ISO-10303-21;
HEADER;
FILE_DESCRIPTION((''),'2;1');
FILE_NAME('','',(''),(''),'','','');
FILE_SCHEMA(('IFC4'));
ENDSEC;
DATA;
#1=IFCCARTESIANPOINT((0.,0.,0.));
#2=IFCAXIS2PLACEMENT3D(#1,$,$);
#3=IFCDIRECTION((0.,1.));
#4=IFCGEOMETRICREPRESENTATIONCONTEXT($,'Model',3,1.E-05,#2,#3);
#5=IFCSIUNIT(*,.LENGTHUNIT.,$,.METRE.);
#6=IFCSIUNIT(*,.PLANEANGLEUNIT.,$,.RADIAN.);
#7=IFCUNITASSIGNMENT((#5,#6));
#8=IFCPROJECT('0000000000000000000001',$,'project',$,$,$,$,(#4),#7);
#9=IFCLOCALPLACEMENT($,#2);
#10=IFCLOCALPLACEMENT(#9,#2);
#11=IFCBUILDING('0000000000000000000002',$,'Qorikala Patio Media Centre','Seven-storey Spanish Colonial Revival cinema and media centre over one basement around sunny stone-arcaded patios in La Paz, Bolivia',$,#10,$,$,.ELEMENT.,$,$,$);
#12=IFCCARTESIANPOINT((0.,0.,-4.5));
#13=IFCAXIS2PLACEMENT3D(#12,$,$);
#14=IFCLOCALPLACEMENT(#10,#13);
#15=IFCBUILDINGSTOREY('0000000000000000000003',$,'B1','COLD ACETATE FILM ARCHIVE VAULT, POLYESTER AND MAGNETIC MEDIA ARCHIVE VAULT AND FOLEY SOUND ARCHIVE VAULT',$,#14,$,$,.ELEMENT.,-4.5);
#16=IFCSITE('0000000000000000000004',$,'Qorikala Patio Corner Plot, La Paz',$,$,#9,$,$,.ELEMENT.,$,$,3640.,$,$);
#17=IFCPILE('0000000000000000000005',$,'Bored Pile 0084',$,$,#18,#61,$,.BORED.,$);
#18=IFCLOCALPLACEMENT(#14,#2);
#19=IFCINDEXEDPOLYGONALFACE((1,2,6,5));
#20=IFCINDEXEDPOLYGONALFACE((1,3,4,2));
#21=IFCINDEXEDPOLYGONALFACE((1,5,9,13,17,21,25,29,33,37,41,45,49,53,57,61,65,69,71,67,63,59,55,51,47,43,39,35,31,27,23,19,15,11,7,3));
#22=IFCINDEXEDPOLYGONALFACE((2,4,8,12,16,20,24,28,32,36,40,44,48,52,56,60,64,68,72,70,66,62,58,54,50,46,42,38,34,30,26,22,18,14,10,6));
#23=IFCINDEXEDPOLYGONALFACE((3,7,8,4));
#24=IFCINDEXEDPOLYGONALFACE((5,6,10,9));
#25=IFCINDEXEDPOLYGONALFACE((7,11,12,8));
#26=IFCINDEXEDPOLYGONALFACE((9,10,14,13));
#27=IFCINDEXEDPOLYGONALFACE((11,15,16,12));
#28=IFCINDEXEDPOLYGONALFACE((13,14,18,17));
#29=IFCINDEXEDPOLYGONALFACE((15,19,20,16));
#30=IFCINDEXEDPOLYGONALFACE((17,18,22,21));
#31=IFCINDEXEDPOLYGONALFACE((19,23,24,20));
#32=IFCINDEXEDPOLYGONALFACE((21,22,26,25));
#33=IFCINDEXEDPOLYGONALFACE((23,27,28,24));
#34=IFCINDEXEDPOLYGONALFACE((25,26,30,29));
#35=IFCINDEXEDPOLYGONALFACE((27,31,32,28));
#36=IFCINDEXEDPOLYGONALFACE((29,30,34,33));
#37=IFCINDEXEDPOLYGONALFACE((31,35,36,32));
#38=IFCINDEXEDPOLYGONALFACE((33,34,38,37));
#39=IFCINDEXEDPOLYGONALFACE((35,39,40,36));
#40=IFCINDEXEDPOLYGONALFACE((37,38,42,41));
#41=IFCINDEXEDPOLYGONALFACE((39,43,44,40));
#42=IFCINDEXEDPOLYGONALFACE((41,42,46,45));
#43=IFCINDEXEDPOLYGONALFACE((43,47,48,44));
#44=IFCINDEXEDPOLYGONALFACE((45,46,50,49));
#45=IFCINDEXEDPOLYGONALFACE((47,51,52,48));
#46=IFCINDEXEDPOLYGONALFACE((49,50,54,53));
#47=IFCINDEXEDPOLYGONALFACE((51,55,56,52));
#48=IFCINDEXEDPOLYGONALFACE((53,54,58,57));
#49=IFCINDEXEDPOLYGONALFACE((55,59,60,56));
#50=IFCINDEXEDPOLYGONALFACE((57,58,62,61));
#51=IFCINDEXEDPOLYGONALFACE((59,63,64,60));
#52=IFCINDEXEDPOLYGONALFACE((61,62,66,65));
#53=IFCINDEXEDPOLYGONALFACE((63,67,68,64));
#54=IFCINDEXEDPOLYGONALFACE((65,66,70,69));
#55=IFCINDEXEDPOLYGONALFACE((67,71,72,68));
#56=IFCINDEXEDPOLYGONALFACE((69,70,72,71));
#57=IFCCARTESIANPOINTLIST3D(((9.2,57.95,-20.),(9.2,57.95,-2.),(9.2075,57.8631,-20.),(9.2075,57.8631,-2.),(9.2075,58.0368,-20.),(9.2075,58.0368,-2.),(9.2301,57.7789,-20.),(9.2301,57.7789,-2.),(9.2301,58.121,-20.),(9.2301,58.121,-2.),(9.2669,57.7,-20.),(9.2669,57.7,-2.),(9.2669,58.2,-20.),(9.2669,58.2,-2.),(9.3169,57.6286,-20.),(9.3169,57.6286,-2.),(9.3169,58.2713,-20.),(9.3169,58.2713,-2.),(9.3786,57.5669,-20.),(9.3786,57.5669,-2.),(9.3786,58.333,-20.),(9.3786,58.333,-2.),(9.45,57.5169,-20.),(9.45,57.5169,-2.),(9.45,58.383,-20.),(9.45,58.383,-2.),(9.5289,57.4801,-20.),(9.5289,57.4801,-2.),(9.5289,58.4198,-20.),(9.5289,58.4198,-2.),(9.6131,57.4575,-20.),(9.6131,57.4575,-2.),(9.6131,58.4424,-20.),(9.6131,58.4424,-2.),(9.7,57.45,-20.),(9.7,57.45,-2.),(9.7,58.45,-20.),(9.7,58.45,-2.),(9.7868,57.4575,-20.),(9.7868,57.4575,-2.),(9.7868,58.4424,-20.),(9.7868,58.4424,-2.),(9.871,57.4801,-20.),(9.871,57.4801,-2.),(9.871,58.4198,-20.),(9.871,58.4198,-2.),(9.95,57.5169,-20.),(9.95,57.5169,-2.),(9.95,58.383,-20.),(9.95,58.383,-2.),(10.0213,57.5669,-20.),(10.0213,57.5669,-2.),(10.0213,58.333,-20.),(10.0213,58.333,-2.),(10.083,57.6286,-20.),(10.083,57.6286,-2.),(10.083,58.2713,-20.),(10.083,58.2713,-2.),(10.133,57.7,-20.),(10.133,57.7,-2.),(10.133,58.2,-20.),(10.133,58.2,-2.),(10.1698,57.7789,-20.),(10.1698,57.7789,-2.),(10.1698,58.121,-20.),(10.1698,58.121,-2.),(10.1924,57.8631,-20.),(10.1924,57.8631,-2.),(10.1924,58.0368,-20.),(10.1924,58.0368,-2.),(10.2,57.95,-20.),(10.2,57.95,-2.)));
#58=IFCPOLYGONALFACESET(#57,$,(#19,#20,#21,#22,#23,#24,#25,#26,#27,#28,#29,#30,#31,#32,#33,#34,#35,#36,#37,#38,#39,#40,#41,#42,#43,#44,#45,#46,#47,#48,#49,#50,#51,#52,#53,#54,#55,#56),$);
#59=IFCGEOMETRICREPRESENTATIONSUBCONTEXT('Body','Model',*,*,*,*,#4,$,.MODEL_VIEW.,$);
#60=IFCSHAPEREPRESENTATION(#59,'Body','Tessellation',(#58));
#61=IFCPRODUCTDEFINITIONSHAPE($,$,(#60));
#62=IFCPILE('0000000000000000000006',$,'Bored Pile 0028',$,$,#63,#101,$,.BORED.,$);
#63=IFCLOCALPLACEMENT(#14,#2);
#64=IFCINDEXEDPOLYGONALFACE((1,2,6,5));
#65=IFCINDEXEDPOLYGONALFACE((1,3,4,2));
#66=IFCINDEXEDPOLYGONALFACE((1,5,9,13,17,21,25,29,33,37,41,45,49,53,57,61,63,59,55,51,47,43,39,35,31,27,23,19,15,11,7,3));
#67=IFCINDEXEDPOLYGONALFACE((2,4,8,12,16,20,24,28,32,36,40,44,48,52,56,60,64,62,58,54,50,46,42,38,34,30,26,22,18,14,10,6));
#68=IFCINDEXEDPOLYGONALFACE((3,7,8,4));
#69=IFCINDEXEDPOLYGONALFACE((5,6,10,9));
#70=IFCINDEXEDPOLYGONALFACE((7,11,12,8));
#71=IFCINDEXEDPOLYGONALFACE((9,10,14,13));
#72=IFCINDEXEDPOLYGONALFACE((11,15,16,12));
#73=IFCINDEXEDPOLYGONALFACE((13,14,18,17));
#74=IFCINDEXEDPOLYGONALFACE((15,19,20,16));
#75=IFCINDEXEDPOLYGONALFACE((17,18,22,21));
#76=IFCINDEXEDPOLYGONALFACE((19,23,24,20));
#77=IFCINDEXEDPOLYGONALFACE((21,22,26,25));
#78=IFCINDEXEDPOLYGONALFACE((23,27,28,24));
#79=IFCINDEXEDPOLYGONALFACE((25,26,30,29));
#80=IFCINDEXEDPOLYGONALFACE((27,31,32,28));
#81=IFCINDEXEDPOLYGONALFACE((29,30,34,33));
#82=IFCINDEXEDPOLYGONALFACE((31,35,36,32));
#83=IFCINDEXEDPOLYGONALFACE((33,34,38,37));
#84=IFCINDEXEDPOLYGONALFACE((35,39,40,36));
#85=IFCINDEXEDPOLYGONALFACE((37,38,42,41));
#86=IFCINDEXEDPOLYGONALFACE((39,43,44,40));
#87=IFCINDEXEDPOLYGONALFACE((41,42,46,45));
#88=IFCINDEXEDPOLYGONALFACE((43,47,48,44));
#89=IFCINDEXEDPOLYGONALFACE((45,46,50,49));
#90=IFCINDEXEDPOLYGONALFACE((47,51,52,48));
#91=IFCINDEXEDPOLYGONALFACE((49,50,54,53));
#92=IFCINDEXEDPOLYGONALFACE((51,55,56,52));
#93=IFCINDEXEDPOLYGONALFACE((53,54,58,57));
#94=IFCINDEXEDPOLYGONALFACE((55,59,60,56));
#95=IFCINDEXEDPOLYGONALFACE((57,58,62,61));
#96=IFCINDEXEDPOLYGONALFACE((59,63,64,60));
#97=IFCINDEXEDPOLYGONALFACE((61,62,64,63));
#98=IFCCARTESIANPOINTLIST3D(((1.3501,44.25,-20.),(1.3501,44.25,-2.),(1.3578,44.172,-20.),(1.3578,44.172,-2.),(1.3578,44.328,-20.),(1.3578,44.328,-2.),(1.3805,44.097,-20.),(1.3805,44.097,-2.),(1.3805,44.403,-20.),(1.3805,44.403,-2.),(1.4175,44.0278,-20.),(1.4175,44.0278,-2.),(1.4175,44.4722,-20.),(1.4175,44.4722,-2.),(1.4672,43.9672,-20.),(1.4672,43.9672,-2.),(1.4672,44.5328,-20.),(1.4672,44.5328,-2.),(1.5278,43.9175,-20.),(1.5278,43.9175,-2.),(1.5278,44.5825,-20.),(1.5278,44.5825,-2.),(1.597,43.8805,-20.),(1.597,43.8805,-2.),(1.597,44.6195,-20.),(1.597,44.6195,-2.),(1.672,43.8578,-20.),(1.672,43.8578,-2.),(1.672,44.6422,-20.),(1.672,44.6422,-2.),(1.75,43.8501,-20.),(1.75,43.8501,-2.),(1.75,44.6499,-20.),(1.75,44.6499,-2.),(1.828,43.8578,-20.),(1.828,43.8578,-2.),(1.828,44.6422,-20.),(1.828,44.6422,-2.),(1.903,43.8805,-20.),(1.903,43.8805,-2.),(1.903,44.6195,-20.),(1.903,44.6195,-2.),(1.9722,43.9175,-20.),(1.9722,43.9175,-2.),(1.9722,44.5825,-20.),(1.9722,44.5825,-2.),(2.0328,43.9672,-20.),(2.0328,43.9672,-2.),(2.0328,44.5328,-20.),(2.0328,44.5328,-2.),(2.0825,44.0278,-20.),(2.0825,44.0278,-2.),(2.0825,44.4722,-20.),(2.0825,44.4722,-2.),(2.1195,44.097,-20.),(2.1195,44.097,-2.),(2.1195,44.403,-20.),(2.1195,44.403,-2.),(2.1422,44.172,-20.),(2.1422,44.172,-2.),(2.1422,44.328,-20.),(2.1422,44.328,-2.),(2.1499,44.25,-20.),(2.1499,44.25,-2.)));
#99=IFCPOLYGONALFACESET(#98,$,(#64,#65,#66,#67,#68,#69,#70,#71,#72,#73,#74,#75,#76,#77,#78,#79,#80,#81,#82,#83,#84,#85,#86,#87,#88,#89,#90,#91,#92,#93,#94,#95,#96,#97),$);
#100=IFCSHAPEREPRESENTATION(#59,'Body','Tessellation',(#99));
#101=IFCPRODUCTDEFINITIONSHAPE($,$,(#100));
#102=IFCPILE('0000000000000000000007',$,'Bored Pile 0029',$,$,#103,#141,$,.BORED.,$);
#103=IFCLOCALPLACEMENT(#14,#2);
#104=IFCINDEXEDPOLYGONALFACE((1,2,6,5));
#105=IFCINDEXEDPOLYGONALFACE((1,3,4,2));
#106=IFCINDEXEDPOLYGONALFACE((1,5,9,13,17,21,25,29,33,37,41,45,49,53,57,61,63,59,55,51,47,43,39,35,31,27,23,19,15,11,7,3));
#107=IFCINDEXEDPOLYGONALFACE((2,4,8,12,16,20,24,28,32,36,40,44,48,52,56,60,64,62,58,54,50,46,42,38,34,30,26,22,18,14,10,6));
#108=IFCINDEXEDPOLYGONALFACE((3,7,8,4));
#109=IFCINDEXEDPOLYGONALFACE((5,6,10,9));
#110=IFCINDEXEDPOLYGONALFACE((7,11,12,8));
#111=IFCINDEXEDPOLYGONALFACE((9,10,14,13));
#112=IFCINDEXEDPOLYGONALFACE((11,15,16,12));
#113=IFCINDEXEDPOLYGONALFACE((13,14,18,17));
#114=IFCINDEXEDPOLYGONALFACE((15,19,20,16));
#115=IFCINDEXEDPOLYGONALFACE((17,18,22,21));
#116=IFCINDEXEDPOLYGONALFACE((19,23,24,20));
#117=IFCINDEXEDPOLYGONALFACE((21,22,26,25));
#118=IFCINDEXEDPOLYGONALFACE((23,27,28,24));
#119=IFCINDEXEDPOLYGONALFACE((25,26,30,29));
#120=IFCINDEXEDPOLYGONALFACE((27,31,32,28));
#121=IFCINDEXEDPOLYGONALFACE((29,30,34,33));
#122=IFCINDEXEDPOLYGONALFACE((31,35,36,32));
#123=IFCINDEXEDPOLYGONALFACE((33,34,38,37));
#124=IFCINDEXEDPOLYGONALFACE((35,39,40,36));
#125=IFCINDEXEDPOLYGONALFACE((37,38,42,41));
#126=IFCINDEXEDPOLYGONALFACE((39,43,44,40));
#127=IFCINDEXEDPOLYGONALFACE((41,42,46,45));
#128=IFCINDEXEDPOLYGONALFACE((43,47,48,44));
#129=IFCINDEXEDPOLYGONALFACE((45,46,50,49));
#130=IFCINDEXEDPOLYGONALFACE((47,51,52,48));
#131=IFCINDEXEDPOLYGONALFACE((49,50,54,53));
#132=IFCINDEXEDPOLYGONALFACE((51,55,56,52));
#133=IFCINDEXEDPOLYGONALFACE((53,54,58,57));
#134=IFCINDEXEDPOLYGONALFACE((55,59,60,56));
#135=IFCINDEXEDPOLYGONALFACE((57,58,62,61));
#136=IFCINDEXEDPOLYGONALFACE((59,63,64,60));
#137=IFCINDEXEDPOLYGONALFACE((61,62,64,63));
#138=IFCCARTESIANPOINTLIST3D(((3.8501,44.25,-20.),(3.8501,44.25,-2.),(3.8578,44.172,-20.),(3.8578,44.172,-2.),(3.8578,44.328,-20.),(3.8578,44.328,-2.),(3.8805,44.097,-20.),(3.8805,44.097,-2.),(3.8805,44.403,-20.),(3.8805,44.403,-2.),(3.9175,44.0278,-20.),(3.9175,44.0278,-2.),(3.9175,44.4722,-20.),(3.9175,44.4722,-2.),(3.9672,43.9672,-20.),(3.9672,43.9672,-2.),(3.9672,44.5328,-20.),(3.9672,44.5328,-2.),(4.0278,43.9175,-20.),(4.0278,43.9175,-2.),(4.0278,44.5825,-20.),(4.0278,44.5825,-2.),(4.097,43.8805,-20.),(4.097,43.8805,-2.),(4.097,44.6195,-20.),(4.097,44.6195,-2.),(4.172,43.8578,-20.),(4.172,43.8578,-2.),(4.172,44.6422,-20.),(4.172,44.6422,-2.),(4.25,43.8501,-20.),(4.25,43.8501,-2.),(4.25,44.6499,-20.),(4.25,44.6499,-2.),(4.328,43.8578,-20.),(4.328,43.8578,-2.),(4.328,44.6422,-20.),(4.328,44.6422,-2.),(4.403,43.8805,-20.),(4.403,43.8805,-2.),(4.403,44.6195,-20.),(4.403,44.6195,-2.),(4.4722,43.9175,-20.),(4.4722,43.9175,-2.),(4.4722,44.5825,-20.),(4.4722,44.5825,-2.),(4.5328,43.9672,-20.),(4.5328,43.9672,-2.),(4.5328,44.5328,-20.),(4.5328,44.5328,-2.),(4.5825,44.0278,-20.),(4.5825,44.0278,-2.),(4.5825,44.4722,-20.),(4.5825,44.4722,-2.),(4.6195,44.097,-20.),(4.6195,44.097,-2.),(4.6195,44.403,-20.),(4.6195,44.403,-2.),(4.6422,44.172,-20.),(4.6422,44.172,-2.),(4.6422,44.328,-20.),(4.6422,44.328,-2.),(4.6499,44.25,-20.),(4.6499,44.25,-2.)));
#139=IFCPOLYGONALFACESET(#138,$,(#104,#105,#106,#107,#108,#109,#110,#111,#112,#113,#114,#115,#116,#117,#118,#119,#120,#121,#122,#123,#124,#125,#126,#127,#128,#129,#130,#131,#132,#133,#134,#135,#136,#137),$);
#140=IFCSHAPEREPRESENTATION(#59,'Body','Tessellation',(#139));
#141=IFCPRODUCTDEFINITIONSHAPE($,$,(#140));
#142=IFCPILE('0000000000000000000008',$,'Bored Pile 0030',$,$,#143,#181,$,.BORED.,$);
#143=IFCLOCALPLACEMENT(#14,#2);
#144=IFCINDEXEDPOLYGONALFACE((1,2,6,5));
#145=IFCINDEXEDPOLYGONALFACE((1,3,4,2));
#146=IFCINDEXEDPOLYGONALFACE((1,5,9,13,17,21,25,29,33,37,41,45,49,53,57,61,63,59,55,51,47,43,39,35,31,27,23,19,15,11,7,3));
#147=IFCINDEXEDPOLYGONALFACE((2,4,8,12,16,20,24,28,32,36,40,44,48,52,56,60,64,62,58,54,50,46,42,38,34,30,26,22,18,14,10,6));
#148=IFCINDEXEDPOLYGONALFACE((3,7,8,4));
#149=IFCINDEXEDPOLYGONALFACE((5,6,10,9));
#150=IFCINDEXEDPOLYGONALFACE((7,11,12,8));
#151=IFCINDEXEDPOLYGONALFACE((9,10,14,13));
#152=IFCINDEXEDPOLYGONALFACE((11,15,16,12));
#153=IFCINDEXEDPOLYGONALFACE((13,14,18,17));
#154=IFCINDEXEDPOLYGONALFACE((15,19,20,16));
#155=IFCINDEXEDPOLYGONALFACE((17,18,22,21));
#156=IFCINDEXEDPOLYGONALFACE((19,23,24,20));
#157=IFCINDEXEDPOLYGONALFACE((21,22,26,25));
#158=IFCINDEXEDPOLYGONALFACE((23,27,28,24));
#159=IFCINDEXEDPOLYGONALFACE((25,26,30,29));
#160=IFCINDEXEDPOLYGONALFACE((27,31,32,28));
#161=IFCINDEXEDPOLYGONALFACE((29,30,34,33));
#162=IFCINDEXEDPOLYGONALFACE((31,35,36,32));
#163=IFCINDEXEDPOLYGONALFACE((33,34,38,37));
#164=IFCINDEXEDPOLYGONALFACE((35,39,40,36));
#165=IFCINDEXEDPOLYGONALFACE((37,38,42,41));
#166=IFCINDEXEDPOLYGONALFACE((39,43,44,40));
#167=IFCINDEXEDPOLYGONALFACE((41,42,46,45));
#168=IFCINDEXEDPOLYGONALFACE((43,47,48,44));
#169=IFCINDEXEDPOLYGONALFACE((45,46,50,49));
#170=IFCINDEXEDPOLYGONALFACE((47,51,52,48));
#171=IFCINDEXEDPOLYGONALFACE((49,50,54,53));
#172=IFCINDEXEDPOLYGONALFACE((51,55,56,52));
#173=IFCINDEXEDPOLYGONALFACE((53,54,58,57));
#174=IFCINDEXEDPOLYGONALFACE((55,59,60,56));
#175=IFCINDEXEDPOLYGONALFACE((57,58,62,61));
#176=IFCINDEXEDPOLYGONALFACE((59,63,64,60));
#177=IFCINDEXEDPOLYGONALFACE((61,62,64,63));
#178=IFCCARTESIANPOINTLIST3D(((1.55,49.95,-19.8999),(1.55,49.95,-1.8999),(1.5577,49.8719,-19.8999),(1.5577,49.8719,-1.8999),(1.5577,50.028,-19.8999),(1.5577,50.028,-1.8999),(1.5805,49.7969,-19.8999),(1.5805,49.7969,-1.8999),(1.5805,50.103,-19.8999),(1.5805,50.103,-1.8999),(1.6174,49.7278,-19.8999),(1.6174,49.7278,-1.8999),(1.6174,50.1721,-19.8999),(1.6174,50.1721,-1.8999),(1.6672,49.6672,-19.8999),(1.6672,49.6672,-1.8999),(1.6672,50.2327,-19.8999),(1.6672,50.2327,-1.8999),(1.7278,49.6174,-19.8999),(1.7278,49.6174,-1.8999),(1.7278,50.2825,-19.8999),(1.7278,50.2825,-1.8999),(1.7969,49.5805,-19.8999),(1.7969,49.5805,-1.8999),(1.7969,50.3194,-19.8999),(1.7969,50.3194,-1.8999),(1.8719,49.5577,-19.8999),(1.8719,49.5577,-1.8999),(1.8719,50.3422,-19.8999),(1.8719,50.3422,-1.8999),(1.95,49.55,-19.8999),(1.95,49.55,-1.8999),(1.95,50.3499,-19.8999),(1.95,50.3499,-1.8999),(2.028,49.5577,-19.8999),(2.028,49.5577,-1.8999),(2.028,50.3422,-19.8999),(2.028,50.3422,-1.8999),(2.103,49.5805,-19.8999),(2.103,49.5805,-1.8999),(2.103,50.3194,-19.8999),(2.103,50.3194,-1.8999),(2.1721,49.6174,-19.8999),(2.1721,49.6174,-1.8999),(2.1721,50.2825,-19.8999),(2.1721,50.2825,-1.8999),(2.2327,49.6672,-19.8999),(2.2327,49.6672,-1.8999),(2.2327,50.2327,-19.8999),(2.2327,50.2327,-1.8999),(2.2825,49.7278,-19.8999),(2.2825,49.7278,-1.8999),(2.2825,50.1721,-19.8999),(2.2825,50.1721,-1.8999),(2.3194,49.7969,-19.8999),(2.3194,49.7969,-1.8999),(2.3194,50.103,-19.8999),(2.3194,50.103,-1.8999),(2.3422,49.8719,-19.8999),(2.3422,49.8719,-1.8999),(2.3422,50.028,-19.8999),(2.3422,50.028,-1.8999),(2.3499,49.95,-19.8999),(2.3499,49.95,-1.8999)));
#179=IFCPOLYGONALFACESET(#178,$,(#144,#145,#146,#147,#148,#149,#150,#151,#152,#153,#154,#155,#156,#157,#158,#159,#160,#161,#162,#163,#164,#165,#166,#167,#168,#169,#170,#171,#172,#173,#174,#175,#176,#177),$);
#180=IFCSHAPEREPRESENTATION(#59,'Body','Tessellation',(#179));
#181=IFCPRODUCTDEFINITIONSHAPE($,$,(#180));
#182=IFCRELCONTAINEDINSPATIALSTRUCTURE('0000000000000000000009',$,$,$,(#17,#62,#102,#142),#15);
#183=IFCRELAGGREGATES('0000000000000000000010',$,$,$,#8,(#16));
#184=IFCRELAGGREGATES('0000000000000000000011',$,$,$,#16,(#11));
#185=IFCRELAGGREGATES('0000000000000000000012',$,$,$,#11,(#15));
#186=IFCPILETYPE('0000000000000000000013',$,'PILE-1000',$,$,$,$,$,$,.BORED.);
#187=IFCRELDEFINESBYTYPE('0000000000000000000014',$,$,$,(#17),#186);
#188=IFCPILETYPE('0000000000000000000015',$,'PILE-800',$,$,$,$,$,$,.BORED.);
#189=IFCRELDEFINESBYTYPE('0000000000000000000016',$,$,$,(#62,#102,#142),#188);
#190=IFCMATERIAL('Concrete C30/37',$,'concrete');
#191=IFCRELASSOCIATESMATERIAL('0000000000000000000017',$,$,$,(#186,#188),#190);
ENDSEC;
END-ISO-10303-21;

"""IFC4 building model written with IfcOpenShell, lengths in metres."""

from ifc_helpers import new_model, si_unit, direction, frame, origin, origin_2d, place, context, subcontext, project, spatial, circle, extrude, material, material_profile, profile_set, type_object, element, save


model = new_model("IFC4")

# Units and contexts
model_context = context("Model", 3, precision=1e-05, world=origin(), true_north=direction((0.0, 1.0)))
body_context = subcontext(model_context, "Body", "Model", "MODEL_VIEW")
ifc_project = project(units=[si_unit("LENGTHUNIT", "METRE"), si_unit("PLANEANGLEUNIT", "RADIAN")], contexts=[model_context])

# Site, building, storey
site_placement = place(None, origin())
site = spatial("IfcSite", under=ifc_project, at=site_placement, Name="Qorikala Patio Corner Plot, La Paz", CompositionType="ELEMENT", RefElevation=3640.0)
building_placement = place(site_placement, origin())
building = spatial("IfcBuilding", under=site, at=building_placement, Name="Qorikala Patio Media Centre", Description="Seven-storey Spanish Colonial Revival cinema and media centre over one basement around sunny stone-arcaded patios in La Paz, Bolivia", CompositionType="ELEMENT")
storey_placement = place(building_placement, frame((0.0, 0.0, -4.5)))
storey = spatial("IfcBuildingStorey", under=building, at=storey_placement, Name="B1", Description="COLD ACETATE FILM ARCHIVE VAULT, POLYESTER AND MAGNETIC MEDIA ARCHIVE VAULT AND FOLEY SOUND ARCHIVE VAULT", CompositionType="ELEMENT", Elevation=-4.5)

# Shared definitions
ifc_material_1 = material(Name="Concrete C30/37", Category="concrete")

# Piles
ifc_material_profile_1 = material_profile(ifc_material_1, circle(Radius=0.5, at=origin_2d()), Name="BORED PILE 1000")
ifc_profile_set_1 = profile_set([ifc_material_profile_1], Name="Concrete C30/37")
pile_type_1 = type_object("IfcPileType", Name="PILE-1000", PredefinedType="BORED", material=ifc_profile_set_1)
for number, where, z_axis, x_axis, name in (
    (1, (9.7, 57.95, -2.0), (0.0, 0.0, -1.0), (1.0, 0.0, 0.0), "Bored Pile 0084"),
):
    element("IfcPile", number, at=place(storey_placement, frame(where, z_axis=z_axis, x_axis=x_axis)), inside=storey, type_object=pile_type_1, Name=name, PredefinedType="BORED", context=body_context, shape_type="SweptSolid", body=[
        extrude(circle(Radius=0.5, at=origin_2d()), origin(), (0.0, 0.0, 1.0), 18.0),
    ])
ifc_material_profile_2 = material_profile(ifc_material_1, circle(Radius=0.3999, at=origin_2d()), Name="BORED PILE 800")
ifc_profile_set_2 = profile_set([ifc_material_profile_2], Name="Concrete C30/37")
pile_type_2 = type_object("IfcPileType", Name="PILE-800", PredefinedType="BORED", material=ifc_profile_set_2)
for number, where, z_axis, x_axis, name in (
    (2, (1.75, 44.25, -2.0), (0.0, 0.0, -1.0), (1.0, 0.0, 0.0), "Bored Pile 0028"),
    (3, (4.25, 44.25, -2.0), (0.0, 0.0, -1.0), (1.0, 0.0, 0.0), "Bored Pile 0029"),
    (4, (1.95, 49.95, -1.8999), (0.0, 0.0, -1.0), (1.0, 0.0, 0.0), "Bored Pile 0030"),
):
    element("IfcPile", number, at=place(storey_placement, frame(where, z_axis=z_axis, x_axis=x_axis)), inside=storey, type_object=pile_type_2, Name=name, PredefinedType="BORED", context=body_context, shape_type="SweptSolid", body=[
        extrude(circle(Radius=0.3999, at=origin_2d()), origin(), (0.0, 0.0, 1.0), 18.0),
    ])

save(model, "model.ifc")
